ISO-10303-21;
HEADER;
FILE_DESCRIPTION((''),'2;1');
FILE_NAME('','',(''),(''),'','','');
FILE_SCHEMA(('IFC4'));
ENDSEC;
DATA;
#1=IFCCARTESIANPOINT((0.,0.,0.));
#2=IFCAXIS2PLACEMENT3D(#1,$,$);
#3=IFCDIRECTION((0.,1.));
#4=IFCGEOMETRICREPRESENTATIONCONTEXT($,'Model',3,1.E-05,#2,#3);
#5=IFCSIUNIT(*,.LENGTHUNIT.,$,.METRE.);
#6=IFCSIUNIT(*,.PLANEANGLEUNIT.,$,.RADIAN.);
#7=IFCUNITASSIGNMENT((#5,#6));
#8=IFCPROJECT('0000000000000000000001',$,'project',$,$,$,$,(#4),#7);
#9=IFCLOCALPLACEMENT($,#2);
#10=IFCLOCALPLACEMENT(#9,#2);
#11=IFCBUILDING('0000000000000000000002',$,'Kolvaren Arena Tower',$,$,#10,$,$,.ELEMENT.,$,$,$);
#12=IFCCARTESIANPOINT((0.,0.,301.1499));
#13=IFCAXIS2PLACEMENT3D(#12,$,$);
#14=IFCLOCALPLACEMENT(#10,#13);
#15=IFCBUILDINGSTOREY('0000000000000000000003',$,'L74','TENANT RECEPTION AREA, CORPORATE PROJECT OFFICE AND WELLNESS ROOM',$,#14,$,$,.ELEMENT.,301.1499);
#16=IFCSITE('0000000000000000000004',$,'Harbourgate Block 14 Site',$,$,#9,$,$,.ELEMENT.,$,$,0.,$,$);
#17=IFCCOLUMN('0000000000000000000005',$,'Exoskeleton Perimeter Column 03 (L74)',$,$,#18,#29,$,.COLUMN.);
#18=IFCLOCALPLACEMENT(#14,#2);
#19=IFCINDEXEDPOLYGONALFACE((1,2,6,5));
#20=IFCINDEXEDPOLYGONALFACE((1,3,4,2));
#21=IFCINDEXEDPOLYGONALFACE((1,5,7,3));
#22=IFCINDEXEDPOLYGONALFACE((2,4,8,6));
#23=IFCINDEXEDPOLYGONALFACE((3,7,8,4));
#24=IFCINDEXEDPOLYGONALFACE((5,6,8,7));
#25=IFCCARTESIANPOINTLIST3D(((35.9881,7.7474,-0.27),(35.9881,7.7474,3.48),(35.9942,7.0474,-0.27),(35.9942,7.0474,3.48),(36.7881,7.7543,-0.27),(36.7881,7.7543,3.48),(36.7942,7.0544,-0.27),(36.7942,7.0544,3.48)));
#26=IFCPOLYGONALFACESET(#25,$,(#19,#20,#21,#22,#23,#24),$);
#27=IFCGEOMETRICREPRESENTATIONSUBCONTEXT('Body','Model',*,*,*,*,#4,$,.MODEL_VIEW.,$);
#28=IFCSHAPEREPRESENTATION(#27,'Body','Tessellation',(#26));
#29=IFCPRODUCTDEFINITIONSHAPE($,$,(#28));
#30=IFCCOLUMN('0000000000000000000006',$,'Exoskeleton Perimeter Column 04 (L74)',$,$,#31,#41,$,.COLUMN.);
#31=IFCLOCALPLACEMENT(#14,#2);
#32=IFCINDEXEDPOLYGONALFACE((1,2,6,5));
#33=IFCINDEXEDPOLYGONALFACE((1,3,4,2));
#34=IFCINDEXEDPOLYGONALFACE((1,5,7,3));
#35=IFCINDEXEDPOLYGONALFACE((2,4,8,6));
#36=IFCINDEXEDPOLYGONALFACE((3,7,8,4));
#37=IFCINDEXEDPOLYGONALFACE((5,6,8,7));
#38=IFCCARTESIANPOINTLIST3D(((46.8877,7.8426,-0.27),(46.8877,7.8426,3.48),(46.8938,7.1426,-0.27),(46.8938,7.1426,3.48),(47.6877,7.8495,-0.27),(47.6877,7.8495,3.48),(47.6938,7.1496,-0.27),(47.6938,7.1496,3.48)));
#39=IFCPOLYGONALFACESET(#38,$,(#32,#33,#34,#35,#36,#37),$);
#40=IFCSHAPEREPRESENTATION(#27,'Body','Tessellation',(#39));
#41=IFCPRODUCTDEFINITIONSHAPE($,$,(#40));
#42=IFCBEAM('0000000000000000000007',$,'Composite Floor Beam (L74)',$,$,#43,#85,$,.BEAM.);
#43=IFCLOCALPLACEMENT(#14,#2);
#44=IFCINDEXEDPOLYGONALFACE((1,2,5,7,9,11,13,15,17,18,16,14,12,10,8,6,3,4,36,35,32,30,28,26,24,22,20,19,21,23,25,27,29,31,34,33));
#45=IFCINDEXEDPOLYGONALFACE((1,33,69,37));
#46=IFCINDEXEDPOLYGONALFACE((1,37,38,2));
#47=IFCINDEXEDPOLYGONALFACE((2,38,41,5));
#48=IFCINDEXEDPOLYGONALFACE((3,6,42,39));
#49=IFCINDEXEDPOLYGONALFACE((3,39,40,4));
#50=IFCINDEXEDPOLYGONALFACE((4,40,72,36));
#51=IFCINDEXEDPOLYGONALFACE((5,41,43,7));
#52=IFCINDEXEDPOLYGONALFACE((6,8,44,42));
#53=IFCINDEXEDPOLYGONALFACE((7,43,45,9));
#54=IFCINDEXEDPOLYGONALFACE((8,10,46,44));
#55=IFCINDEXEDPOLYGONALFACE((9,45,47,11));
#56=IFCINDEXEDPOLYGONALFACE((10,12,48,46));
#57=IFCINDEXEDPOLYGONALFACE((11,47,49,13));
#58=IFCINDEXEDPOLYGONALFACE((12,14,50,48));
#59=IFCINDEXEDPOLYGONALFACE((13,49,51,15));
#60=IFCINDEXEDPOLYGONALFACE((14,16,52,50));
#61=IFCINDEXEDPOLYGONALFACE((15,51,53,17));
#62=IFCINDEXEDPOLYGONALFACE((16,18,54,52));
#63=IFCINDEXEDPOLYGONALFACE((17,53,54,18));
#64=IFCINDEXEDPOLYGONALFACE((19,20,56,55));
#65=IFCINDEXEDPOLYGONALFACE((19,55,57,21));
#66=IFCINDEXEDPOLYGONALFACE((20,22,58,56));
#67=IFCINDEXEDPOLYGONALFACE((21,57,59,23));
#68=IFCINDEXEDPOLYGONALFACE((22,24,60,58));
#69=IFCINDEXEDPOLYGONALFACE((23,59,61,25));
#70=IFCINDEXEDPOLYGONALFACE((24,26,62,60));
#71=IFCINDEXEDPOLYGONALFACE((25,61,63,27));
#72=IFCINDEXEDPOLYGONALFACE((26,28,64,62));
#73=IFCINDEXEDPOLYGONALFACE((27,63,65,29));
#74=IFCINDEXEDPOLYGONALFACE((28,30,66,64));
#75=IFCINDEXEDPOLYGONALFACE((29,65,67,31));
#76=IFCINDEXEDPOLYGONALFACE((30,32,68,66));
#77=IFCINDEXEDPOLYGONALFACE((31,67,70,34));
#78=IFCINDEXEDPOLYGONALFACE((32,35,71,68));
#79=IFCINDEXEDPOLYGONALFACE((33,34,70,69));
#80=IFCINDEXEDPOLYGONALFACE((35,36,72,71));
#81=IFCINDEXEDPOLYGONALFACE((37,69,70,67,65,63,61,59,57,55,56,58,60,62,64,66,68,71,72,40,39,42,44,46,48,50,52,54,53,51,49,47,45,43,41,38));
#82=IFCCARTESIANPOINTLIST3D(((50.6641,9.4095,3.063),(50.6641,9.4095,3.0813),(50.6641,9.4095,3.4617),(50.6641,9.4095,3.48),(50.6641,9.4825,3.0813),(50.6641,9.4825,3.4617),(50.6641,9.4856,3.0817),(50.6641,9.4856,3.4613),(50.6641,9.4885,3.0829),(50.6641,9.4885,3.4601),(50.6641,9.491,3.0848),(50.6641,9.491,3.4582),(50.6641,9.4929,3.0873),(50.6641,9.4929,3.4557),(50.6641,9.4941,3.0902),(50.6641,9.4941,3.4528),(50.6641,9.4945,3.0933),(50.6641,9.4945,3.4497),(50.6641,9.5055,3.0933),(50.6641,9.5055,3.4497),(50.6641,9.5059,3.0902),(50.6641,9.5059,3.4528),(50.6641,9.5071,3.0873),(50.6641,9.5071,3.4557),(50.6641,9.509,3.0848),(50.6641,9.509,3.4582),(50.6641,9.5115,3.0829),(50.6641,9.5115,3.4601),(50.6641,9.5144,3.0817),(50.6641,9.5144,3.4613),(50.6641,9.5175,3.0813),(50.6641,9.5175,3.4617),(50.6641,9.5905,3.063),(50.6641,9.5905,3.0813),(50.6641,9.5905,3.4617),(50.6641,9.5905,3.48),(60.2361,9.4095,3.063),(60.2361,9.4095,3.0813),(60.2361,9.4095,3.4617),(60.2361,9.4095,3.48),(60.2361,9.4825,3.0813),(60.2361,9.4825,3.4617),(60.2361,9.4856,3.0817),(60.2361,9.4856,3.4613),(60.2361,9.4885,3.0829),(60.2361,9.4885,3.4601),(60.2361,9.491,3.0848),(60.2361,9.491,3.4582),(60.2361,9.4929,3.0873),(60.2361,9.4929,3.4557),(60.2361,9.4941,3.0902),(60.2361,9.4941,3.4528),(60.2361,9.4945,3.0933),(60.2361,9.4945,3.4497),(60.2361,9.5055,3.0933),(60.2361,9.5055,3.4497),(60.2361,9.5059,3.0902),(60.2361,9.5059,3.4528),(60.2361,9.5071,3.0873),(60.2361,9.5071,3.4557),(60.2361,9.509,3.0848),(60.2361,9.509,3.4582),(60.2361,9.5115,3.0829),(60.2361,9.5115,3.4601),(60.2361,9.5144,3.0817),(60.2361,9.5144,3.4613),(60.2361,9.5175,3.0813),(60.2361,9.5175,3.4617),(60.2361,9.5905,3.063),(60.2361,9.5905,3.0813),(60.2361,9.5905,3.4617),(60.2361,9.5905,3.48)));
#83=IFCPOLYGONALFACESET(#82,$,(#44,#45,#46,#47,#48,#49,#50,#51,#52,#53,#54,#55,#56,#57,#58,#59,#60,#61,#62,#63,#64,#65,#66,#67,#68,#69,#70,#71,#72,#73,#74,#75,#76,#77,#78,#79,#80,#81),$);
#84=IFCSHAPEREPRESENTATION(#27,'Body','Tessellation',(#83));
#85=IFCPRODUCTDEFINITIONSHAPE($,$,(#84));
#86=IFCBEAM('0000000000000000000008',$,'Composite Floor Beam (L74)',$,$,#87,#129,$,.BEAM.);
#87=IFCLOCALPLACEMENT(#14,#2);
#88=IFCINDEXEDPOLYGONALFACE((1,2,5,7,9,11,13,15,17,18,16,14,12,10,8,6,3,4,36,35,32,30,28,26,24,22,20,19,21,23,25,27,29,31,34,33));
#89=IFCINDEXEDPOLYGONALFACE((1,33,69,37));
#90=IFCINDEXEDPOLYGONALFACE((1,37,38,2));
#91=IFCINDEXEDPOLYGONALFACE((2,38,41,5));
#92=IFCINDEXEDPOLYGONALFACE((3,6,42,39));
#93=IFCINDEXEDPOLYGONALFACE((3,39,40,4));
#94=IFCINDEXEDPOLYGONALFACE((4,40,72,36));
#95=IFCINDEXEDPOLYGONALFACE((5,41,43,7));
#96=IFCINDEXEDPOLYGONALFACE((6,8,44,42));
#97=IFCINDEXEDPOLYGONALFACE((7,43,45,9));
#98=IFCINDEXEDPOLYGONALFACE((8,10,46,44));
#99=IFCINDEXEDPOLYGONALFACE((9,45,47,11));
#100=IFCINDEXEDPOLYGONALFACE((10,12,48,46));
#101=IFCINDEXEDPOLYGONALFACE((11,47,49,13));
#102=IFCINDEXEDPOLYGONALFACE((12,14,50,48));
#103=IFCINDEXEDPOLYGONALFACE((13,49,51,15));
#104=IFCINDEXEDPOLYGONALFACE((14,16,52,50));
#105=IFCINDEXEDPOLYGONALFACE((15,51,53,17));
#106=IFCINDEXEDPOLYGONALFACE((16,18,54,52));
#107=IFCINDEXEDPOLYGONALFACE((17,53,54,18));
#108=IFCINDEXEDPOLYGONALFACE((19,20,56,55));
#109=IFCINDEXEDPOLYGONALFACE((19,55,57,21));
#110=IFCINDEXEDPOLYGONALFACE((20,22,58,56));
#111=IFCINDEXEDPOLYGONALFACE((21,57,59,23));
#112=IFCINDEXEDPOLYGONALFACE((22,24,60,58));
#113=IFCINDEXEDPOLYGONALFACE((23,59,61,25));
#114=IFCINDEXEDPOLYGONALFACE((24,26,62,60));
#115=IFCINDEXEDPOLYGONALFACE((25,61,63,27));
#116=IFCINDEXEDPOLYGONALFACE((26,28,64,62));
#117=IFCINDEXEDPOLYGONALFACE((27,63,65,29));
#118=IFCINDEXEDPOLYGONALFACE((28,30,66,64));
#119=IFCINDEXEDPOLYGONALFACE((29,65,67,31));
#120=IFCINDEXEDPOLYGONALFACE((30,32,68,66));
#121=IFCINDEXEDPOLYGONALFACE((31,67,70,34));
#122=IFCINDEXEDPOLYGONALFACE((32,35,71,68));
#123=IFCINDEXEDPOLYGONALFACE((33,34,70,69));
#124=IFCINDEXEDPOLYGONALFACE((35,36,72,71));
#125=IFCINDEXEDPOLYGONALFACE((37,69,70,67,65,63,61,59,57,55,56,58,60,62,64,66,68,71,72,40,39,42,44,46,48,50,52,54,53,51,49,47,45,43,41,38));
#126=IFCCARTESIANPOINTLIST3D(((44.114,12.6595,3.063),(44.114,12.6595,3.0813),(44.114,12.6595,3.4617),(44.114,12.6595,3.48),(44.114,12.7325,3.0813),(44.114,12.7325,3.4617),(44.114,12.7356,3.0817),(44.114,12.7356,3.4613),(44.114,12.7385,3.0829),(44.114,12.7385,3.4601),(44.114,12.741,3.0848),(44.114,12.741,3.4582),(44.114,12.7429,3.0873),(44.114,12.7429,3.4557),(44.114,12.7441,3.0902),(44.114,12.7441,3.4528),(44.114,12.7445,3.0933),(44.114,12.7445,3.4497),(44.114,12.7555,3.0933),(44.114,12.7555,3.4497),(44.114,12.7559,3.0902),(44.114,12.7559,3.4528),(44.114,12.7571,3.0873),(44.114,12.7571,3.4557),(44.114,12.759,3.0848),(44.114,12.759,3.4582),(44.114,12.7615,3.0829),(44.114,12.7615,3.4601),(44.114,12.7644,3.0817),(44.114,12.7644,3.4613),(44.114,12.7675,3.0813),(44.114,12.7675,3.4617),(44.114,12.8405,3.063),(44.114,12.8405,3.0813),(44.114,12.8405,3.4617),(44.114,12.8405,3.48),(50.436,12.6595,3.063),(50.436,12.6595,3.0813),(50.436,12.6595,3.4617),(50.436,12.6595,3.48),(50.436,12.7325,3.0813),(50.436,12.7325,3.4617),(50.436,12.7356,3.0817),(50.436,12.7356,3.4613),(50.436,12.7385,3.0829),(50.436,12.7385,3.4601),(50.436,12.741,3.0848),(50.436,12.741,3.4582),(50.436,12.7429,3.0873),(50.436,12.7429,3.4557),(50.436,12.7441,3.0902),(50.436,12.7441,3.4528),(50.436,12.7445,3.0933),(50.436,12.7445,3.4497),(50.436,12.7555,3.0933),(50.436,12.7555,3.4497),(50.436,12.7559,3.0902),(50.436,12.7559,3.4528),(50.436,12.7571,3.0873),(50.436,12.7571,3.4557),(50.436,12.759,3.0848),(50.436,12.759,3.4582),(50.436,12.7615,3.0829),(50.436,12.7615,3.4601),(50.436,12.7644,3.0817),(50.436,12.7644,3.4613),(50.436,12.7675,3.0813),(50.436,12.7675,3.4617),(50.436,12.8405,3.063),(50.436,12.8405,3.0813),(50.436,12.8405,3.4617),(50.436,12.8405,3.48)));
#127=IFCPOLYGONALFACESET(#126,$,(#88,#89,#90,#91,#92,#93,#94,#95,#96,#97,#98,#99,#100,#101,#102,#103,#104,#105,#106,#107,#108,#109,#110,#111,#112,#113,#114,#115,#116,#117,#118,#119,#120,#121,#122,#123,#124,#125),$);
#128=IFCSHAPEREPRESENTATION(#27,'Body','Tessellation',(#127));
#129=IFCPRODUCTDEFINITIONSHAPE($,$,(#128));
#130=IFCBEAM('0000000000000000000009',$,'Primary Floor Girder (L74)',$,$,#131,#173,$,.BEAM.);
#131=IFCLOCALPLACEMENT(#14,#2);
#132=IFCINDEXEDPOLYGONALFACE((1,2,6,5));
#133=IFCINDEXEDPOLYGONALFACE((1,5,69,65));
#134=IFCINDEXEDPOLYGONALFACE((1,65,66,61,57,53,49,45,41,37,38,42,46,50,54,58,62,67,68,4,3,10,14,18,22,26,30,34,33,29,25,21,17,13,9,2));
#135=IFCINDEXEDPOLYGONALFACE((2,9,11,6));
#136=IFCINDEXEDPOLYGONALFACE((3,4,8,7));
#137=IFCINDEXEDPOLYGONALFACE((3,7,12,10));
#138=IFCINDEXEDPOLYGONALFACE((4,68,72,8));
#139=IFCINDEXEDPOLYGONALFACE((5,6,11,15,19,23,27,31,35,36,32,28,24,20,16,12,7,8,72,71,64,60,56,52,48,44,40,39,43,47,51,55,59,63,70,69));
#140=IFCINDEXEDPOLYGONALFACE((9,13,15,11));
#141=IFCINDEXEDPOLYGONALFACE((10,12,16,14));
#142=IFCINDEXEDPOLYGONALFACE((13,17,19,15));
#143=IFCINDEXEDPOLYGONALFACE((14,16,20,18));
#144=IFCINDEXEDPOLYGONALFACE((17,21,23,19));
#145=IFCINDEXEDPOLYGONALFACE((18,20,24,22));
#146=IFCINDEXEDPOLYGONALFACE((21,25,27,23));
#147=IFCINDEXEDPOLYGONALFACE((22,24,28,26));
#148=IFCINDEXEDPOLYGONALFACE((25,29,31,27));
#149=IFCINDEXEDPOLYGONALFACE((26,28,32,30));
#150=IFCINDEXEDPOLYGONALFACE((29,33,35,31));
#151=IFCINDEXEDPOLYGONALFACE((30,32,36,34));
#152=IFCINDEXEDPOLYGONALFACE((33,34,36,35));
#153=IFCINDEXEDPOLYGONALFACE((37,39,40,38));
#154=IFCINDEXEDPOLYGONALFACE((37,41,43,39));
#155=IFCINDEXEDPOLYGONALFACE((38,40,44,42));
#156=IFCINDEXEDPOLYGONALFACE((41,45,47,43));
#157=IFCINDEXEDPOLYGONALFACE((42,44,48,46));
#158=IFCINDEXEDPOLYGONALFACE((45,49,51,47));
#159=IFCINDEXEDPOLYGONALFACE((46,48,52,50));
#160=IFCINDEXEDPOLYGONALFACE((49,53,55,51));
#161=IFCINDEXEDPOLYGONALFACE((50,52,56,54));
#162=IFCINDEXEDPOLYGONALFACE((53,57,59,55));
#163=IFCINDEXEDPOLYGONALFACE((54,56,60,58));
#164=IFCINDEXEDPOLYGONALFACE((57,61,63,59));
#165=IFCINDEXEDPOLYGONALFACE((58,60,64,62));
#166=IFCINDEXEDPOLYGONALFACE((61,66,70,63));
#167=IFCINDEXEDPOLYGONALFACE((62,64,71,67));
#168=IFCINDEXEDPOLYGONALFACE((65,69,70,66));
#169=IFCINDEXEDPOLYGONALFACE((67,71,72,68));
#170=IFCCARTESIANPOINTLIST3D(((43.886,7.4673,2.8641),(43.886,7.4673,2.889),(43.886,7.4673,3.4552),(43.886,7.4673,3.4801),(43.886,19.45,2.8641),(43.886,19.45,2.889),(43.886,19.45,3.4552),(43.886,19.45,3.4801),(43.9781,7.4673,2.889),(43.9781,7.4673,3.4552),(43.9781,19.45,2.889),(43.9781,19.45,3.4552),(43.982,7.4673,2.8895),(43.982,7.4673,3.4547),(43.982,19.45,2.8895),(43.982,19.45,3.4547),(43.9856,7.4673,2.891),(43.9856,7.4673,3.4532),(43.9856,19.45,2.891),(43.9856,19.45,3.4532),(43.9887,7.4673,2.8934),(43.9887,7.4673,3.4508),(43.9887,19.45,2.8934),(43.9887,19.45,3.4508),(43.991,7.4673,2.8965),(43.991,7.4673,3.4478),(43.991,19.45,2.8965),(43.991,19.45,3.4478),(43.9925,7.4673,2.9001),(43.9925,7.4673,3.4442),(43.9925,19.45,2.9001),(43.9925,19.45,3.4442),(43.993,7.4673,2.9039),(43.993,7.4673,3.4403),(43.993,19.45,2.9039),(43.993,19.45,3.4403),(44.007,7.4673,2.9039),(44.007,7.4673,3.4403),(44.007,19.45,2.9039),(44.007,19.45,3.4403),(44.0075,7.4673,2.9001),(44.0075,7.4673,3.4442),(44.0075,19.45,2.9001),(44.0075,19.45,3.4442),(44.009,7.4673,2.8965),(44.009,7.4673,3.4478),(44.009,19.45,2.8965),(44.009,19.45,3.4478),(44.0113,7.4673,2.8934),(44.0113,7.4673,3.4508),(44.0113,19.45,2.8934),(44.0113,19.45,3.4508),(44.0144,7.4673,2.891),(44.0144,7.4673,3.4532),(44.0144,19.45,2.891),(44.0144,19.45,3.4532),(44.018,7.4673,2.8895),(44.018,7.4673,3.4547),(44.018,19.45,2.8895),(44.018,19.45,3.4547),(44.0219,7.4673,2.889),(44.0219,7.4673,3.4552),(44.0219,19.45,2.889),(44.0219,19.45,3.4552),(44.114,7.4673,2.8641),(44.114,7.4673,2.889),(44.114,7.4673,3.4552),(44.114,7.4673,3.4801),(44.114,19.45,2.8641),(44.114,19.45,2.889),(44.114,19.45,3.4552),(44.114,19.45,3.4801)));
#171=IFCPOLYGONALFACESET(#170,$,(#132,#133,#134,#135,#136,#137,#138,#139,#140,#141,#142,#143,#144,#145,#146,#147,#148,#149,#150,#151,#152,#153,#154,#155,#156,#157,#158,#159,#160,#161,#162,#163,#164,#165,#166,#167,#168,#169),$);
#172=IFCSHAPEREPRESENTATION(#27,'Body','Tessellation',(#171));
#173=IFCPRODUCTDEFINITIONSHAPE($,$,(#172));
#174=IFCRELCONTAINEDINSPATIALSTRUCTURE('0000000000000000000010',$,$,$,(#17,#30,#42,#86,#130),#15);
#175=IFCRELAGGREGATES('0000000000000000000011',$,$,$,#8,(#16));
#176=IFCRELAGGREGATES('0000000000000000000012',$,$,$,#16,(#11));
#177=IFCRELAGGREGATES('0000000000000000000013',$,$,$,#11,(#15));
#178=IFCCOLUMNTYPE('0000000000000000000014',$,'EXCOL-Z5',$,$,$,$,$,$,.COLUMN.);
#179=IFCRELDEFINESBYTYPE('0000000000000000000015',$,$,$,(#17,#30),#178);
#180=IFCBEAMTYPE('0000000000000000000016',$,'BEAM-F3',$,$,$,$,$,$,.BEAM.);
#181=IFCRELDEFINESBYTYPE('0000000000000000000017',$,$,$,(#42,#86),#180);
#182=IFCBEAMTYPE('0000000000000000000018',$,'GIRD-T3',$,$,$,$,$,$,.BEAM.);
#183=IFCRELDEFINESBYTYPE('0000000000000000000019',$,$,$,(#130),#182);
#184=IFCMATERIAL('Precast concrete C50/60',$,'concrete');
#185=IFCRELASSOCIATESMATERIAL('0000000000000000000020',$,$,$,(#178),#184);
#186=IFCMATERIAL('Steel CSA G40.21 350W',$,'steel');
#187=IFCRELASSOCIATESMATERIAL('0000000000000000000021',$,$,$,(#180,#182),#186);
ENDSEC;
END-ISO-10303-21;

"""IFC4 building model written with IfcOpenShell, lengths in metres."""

from ifc_helpers import new_model, si_unit, direction, frame, origin, origin_2d, place, context, subcontext, project, spatial, rectangle, i_section, extrude, material, material_profile, profile_set, type_object, element, save


model = new_model("IFC4")

# Units and contexts
model_context = context("Model", 3, precision=1e-05, world=origin(), true_north=direction((0.0, 1.0)))
body_context = subcontext(model_context, "Body", "Model", "MODEL_VIEW")
ifc_project = project(units=[si_unit("LENGTHUNIT", "METRE"), si_unit("PLANEANGLEUNIT", "RADIAN")], contexts=[model_context])

# Site, building, storey
site_placement = place(None, origin())
site = spatial("IfcSite", under=ifc_project, at=site_placement, Name="Harbourgate Block 14 Site", CompositionType="ELEMENT", RefElevation=0.0)
building_placement = place(site_placement, origin())
building = spatial("IfcBuilding", under=site, at=building_placement, Name="Kolvaren Arena Tower", CompositionType="ELEMENT")
storey_placement = place(building_placement, frame((0.0, 0.0, 301.1499)))
storey = spatial("IfcBuildingStorey", under=building, at=storey_placement, Name="L74", Description="TENANT RECEPTION AREA, CORPORATE PROJECT OFFICE AND WELLNESS ROOM", CompositionType="ELEMENT", Elevation=301.1499)

# Columns
ifc_material_1 = material(Name="Precast concrete C50/60", Category="concrete")
ifc_material_profile_1 = material_profile(ifc_material_1, rectangle(XDim=0.8, YDim=0.7, at=origin_2d()), Name="RC-800x700")
ifc_profile_set_1 = profile_set([ifc_material_profile_1], Name="Precast concrete C50/60")
column_type = type_object("IfcColumnType", Name="EXCOL-Z5", PredefinedType="COLUMN", material=ifc_profile_set_1)
for number, where, z_axis, x_axis, name in (
    (1, (36.3911, 7.4009, -0.27), (0.0, 0.0, 1.0), (0.999962, 0.008727, 0.0), "Exoskeleton Perimeter Column 03 (L74)"),
    (2, (47.2908, 7.4961, -0.27), (0.0, 0.0, 1.0), (0.999962, 0.008727, 0.0), "Exoskeleton Perimeter Column 04 (L74)"),
):
    element("IfcColumn", number, at=place(storey_placement, frame(where, z_axis=z_axis, x_axis=x_axis)), inside=storey, type_object=column_type, Name=name, PredefinedType="COLUMN", context=body_context, shape_type="SweptSolid", body=[
        extrude(rectangle(XDim=0.8, YDim=0.7, at=origin_2d()), origin(), (0.0, 0.0, 1.0), 3.75),
    ])

# Beams
ifc_material_2 = material(Name="Steel CSA G40.21 350W", Category="steel")
ifc_material_profile_2 = material_profile(ifc_material_2, i_section(OverallWidth=0.1809, OverallDepth=0.417, WebThickness=0.011, FlangeThickness=0.0183, FilletRadius=0.012, at=origin_2d()), Name="W410x85")
ifc_profile_set_2 = profile_set([ifc_material_profile_2], Name="Steel CSA G40.21 350W")
beam_type_1 = type_object("IfcBeamType", Name="BEAM-F3", PredefinedType="BEAM", material=ifc_profile_set_2)
beam_1_placement = place(storey_placement, frame((50.6641, 9.5, 3.2715), z_axis=(1.0, 0.0, 0.0), x_axis=(0.0, 1.0, 0.0)))
element("IfcBeam", 3, at=beam_1_placement, inside=storey, type_object=beam_type_1, Name="Composite Floor Beam (L74)", PredefinedType="BEAM", context=body_context, shape_type="SweptSolid", body=[
    extrude(i_section(OverallWidth=0.1809, OverallDepth=0.417, WebThickness=0.011, FlangeThickness=0.0183, FilletRadius=0.012, at=origin_2d()), origin(), (0.0, 0.0, 1.0), 9.572),
])
beam_2_placement = place(storey_placement, frame((44.114, 12.75, 3.2715), z_axis=(1.0, 0.0, 0.0), x_axis=(0.0, 1.0, 0.0)))
element("IfcBeam", 4, at=beam_2_placement, inside=storey, type_object=beam_type_1, Name="Composite Floor Beam (L74)", PredefinedType="BEAM", context=body_context, shape_type="SweptSolid", body=[
    extrude(i_section(OverallWidth=0.1809, OverallDepth=0.417, WebThickness=0.011, FlangeThickness=0.0183, FilletRadius=0.012, at=origin_2d()), origin(), (0.0, 0.0, 1.0), 6.322),
])
ifc_material_profile_3 = material_profile(ifc_material_2, i_section(OverallWidth=0.228, OverallDepth=0.616, WebThickness=0.0139, FlangeThickness=0.0249, FilletRadius=0.0149, at=origin_2d()), Name="W610x174")
ifc_profile_set_3 = profile_set([ifc_material_profile_3], Name="Steel CSA G40.21 350W")
beam_type_2 = type_object("IfcBeamType", Name="GIRD-T3", PredefinedType="BEAM", material=ifc_profile_set_3)
beam_3_placement = place(storey_placement, frame((44.0, 7.4673, 3.1721), z_axis=(0.0, 1.0, 0.0), x_axis=(-1.0, 0.0, 0.0)))
element("IfcBeam", 5, at=beam_3_placement, inside=storey, type_object=beam_type_2, Name="Primary Floor Girder (L74)", PredefinedType="BEAM", context=body_context, shape_type="SweptSolid", body=[
    extrude(i_section(OverallWidth=0.228, OverallDepth=0.616, WebThickness=0.0139, FlangeThickness=0.0249, FilletRadius=0.0149, at=origin_2d()), origin(), (0.0, 0.0, 1.0), 11.9827),
])

save(model, "model.ifc")
